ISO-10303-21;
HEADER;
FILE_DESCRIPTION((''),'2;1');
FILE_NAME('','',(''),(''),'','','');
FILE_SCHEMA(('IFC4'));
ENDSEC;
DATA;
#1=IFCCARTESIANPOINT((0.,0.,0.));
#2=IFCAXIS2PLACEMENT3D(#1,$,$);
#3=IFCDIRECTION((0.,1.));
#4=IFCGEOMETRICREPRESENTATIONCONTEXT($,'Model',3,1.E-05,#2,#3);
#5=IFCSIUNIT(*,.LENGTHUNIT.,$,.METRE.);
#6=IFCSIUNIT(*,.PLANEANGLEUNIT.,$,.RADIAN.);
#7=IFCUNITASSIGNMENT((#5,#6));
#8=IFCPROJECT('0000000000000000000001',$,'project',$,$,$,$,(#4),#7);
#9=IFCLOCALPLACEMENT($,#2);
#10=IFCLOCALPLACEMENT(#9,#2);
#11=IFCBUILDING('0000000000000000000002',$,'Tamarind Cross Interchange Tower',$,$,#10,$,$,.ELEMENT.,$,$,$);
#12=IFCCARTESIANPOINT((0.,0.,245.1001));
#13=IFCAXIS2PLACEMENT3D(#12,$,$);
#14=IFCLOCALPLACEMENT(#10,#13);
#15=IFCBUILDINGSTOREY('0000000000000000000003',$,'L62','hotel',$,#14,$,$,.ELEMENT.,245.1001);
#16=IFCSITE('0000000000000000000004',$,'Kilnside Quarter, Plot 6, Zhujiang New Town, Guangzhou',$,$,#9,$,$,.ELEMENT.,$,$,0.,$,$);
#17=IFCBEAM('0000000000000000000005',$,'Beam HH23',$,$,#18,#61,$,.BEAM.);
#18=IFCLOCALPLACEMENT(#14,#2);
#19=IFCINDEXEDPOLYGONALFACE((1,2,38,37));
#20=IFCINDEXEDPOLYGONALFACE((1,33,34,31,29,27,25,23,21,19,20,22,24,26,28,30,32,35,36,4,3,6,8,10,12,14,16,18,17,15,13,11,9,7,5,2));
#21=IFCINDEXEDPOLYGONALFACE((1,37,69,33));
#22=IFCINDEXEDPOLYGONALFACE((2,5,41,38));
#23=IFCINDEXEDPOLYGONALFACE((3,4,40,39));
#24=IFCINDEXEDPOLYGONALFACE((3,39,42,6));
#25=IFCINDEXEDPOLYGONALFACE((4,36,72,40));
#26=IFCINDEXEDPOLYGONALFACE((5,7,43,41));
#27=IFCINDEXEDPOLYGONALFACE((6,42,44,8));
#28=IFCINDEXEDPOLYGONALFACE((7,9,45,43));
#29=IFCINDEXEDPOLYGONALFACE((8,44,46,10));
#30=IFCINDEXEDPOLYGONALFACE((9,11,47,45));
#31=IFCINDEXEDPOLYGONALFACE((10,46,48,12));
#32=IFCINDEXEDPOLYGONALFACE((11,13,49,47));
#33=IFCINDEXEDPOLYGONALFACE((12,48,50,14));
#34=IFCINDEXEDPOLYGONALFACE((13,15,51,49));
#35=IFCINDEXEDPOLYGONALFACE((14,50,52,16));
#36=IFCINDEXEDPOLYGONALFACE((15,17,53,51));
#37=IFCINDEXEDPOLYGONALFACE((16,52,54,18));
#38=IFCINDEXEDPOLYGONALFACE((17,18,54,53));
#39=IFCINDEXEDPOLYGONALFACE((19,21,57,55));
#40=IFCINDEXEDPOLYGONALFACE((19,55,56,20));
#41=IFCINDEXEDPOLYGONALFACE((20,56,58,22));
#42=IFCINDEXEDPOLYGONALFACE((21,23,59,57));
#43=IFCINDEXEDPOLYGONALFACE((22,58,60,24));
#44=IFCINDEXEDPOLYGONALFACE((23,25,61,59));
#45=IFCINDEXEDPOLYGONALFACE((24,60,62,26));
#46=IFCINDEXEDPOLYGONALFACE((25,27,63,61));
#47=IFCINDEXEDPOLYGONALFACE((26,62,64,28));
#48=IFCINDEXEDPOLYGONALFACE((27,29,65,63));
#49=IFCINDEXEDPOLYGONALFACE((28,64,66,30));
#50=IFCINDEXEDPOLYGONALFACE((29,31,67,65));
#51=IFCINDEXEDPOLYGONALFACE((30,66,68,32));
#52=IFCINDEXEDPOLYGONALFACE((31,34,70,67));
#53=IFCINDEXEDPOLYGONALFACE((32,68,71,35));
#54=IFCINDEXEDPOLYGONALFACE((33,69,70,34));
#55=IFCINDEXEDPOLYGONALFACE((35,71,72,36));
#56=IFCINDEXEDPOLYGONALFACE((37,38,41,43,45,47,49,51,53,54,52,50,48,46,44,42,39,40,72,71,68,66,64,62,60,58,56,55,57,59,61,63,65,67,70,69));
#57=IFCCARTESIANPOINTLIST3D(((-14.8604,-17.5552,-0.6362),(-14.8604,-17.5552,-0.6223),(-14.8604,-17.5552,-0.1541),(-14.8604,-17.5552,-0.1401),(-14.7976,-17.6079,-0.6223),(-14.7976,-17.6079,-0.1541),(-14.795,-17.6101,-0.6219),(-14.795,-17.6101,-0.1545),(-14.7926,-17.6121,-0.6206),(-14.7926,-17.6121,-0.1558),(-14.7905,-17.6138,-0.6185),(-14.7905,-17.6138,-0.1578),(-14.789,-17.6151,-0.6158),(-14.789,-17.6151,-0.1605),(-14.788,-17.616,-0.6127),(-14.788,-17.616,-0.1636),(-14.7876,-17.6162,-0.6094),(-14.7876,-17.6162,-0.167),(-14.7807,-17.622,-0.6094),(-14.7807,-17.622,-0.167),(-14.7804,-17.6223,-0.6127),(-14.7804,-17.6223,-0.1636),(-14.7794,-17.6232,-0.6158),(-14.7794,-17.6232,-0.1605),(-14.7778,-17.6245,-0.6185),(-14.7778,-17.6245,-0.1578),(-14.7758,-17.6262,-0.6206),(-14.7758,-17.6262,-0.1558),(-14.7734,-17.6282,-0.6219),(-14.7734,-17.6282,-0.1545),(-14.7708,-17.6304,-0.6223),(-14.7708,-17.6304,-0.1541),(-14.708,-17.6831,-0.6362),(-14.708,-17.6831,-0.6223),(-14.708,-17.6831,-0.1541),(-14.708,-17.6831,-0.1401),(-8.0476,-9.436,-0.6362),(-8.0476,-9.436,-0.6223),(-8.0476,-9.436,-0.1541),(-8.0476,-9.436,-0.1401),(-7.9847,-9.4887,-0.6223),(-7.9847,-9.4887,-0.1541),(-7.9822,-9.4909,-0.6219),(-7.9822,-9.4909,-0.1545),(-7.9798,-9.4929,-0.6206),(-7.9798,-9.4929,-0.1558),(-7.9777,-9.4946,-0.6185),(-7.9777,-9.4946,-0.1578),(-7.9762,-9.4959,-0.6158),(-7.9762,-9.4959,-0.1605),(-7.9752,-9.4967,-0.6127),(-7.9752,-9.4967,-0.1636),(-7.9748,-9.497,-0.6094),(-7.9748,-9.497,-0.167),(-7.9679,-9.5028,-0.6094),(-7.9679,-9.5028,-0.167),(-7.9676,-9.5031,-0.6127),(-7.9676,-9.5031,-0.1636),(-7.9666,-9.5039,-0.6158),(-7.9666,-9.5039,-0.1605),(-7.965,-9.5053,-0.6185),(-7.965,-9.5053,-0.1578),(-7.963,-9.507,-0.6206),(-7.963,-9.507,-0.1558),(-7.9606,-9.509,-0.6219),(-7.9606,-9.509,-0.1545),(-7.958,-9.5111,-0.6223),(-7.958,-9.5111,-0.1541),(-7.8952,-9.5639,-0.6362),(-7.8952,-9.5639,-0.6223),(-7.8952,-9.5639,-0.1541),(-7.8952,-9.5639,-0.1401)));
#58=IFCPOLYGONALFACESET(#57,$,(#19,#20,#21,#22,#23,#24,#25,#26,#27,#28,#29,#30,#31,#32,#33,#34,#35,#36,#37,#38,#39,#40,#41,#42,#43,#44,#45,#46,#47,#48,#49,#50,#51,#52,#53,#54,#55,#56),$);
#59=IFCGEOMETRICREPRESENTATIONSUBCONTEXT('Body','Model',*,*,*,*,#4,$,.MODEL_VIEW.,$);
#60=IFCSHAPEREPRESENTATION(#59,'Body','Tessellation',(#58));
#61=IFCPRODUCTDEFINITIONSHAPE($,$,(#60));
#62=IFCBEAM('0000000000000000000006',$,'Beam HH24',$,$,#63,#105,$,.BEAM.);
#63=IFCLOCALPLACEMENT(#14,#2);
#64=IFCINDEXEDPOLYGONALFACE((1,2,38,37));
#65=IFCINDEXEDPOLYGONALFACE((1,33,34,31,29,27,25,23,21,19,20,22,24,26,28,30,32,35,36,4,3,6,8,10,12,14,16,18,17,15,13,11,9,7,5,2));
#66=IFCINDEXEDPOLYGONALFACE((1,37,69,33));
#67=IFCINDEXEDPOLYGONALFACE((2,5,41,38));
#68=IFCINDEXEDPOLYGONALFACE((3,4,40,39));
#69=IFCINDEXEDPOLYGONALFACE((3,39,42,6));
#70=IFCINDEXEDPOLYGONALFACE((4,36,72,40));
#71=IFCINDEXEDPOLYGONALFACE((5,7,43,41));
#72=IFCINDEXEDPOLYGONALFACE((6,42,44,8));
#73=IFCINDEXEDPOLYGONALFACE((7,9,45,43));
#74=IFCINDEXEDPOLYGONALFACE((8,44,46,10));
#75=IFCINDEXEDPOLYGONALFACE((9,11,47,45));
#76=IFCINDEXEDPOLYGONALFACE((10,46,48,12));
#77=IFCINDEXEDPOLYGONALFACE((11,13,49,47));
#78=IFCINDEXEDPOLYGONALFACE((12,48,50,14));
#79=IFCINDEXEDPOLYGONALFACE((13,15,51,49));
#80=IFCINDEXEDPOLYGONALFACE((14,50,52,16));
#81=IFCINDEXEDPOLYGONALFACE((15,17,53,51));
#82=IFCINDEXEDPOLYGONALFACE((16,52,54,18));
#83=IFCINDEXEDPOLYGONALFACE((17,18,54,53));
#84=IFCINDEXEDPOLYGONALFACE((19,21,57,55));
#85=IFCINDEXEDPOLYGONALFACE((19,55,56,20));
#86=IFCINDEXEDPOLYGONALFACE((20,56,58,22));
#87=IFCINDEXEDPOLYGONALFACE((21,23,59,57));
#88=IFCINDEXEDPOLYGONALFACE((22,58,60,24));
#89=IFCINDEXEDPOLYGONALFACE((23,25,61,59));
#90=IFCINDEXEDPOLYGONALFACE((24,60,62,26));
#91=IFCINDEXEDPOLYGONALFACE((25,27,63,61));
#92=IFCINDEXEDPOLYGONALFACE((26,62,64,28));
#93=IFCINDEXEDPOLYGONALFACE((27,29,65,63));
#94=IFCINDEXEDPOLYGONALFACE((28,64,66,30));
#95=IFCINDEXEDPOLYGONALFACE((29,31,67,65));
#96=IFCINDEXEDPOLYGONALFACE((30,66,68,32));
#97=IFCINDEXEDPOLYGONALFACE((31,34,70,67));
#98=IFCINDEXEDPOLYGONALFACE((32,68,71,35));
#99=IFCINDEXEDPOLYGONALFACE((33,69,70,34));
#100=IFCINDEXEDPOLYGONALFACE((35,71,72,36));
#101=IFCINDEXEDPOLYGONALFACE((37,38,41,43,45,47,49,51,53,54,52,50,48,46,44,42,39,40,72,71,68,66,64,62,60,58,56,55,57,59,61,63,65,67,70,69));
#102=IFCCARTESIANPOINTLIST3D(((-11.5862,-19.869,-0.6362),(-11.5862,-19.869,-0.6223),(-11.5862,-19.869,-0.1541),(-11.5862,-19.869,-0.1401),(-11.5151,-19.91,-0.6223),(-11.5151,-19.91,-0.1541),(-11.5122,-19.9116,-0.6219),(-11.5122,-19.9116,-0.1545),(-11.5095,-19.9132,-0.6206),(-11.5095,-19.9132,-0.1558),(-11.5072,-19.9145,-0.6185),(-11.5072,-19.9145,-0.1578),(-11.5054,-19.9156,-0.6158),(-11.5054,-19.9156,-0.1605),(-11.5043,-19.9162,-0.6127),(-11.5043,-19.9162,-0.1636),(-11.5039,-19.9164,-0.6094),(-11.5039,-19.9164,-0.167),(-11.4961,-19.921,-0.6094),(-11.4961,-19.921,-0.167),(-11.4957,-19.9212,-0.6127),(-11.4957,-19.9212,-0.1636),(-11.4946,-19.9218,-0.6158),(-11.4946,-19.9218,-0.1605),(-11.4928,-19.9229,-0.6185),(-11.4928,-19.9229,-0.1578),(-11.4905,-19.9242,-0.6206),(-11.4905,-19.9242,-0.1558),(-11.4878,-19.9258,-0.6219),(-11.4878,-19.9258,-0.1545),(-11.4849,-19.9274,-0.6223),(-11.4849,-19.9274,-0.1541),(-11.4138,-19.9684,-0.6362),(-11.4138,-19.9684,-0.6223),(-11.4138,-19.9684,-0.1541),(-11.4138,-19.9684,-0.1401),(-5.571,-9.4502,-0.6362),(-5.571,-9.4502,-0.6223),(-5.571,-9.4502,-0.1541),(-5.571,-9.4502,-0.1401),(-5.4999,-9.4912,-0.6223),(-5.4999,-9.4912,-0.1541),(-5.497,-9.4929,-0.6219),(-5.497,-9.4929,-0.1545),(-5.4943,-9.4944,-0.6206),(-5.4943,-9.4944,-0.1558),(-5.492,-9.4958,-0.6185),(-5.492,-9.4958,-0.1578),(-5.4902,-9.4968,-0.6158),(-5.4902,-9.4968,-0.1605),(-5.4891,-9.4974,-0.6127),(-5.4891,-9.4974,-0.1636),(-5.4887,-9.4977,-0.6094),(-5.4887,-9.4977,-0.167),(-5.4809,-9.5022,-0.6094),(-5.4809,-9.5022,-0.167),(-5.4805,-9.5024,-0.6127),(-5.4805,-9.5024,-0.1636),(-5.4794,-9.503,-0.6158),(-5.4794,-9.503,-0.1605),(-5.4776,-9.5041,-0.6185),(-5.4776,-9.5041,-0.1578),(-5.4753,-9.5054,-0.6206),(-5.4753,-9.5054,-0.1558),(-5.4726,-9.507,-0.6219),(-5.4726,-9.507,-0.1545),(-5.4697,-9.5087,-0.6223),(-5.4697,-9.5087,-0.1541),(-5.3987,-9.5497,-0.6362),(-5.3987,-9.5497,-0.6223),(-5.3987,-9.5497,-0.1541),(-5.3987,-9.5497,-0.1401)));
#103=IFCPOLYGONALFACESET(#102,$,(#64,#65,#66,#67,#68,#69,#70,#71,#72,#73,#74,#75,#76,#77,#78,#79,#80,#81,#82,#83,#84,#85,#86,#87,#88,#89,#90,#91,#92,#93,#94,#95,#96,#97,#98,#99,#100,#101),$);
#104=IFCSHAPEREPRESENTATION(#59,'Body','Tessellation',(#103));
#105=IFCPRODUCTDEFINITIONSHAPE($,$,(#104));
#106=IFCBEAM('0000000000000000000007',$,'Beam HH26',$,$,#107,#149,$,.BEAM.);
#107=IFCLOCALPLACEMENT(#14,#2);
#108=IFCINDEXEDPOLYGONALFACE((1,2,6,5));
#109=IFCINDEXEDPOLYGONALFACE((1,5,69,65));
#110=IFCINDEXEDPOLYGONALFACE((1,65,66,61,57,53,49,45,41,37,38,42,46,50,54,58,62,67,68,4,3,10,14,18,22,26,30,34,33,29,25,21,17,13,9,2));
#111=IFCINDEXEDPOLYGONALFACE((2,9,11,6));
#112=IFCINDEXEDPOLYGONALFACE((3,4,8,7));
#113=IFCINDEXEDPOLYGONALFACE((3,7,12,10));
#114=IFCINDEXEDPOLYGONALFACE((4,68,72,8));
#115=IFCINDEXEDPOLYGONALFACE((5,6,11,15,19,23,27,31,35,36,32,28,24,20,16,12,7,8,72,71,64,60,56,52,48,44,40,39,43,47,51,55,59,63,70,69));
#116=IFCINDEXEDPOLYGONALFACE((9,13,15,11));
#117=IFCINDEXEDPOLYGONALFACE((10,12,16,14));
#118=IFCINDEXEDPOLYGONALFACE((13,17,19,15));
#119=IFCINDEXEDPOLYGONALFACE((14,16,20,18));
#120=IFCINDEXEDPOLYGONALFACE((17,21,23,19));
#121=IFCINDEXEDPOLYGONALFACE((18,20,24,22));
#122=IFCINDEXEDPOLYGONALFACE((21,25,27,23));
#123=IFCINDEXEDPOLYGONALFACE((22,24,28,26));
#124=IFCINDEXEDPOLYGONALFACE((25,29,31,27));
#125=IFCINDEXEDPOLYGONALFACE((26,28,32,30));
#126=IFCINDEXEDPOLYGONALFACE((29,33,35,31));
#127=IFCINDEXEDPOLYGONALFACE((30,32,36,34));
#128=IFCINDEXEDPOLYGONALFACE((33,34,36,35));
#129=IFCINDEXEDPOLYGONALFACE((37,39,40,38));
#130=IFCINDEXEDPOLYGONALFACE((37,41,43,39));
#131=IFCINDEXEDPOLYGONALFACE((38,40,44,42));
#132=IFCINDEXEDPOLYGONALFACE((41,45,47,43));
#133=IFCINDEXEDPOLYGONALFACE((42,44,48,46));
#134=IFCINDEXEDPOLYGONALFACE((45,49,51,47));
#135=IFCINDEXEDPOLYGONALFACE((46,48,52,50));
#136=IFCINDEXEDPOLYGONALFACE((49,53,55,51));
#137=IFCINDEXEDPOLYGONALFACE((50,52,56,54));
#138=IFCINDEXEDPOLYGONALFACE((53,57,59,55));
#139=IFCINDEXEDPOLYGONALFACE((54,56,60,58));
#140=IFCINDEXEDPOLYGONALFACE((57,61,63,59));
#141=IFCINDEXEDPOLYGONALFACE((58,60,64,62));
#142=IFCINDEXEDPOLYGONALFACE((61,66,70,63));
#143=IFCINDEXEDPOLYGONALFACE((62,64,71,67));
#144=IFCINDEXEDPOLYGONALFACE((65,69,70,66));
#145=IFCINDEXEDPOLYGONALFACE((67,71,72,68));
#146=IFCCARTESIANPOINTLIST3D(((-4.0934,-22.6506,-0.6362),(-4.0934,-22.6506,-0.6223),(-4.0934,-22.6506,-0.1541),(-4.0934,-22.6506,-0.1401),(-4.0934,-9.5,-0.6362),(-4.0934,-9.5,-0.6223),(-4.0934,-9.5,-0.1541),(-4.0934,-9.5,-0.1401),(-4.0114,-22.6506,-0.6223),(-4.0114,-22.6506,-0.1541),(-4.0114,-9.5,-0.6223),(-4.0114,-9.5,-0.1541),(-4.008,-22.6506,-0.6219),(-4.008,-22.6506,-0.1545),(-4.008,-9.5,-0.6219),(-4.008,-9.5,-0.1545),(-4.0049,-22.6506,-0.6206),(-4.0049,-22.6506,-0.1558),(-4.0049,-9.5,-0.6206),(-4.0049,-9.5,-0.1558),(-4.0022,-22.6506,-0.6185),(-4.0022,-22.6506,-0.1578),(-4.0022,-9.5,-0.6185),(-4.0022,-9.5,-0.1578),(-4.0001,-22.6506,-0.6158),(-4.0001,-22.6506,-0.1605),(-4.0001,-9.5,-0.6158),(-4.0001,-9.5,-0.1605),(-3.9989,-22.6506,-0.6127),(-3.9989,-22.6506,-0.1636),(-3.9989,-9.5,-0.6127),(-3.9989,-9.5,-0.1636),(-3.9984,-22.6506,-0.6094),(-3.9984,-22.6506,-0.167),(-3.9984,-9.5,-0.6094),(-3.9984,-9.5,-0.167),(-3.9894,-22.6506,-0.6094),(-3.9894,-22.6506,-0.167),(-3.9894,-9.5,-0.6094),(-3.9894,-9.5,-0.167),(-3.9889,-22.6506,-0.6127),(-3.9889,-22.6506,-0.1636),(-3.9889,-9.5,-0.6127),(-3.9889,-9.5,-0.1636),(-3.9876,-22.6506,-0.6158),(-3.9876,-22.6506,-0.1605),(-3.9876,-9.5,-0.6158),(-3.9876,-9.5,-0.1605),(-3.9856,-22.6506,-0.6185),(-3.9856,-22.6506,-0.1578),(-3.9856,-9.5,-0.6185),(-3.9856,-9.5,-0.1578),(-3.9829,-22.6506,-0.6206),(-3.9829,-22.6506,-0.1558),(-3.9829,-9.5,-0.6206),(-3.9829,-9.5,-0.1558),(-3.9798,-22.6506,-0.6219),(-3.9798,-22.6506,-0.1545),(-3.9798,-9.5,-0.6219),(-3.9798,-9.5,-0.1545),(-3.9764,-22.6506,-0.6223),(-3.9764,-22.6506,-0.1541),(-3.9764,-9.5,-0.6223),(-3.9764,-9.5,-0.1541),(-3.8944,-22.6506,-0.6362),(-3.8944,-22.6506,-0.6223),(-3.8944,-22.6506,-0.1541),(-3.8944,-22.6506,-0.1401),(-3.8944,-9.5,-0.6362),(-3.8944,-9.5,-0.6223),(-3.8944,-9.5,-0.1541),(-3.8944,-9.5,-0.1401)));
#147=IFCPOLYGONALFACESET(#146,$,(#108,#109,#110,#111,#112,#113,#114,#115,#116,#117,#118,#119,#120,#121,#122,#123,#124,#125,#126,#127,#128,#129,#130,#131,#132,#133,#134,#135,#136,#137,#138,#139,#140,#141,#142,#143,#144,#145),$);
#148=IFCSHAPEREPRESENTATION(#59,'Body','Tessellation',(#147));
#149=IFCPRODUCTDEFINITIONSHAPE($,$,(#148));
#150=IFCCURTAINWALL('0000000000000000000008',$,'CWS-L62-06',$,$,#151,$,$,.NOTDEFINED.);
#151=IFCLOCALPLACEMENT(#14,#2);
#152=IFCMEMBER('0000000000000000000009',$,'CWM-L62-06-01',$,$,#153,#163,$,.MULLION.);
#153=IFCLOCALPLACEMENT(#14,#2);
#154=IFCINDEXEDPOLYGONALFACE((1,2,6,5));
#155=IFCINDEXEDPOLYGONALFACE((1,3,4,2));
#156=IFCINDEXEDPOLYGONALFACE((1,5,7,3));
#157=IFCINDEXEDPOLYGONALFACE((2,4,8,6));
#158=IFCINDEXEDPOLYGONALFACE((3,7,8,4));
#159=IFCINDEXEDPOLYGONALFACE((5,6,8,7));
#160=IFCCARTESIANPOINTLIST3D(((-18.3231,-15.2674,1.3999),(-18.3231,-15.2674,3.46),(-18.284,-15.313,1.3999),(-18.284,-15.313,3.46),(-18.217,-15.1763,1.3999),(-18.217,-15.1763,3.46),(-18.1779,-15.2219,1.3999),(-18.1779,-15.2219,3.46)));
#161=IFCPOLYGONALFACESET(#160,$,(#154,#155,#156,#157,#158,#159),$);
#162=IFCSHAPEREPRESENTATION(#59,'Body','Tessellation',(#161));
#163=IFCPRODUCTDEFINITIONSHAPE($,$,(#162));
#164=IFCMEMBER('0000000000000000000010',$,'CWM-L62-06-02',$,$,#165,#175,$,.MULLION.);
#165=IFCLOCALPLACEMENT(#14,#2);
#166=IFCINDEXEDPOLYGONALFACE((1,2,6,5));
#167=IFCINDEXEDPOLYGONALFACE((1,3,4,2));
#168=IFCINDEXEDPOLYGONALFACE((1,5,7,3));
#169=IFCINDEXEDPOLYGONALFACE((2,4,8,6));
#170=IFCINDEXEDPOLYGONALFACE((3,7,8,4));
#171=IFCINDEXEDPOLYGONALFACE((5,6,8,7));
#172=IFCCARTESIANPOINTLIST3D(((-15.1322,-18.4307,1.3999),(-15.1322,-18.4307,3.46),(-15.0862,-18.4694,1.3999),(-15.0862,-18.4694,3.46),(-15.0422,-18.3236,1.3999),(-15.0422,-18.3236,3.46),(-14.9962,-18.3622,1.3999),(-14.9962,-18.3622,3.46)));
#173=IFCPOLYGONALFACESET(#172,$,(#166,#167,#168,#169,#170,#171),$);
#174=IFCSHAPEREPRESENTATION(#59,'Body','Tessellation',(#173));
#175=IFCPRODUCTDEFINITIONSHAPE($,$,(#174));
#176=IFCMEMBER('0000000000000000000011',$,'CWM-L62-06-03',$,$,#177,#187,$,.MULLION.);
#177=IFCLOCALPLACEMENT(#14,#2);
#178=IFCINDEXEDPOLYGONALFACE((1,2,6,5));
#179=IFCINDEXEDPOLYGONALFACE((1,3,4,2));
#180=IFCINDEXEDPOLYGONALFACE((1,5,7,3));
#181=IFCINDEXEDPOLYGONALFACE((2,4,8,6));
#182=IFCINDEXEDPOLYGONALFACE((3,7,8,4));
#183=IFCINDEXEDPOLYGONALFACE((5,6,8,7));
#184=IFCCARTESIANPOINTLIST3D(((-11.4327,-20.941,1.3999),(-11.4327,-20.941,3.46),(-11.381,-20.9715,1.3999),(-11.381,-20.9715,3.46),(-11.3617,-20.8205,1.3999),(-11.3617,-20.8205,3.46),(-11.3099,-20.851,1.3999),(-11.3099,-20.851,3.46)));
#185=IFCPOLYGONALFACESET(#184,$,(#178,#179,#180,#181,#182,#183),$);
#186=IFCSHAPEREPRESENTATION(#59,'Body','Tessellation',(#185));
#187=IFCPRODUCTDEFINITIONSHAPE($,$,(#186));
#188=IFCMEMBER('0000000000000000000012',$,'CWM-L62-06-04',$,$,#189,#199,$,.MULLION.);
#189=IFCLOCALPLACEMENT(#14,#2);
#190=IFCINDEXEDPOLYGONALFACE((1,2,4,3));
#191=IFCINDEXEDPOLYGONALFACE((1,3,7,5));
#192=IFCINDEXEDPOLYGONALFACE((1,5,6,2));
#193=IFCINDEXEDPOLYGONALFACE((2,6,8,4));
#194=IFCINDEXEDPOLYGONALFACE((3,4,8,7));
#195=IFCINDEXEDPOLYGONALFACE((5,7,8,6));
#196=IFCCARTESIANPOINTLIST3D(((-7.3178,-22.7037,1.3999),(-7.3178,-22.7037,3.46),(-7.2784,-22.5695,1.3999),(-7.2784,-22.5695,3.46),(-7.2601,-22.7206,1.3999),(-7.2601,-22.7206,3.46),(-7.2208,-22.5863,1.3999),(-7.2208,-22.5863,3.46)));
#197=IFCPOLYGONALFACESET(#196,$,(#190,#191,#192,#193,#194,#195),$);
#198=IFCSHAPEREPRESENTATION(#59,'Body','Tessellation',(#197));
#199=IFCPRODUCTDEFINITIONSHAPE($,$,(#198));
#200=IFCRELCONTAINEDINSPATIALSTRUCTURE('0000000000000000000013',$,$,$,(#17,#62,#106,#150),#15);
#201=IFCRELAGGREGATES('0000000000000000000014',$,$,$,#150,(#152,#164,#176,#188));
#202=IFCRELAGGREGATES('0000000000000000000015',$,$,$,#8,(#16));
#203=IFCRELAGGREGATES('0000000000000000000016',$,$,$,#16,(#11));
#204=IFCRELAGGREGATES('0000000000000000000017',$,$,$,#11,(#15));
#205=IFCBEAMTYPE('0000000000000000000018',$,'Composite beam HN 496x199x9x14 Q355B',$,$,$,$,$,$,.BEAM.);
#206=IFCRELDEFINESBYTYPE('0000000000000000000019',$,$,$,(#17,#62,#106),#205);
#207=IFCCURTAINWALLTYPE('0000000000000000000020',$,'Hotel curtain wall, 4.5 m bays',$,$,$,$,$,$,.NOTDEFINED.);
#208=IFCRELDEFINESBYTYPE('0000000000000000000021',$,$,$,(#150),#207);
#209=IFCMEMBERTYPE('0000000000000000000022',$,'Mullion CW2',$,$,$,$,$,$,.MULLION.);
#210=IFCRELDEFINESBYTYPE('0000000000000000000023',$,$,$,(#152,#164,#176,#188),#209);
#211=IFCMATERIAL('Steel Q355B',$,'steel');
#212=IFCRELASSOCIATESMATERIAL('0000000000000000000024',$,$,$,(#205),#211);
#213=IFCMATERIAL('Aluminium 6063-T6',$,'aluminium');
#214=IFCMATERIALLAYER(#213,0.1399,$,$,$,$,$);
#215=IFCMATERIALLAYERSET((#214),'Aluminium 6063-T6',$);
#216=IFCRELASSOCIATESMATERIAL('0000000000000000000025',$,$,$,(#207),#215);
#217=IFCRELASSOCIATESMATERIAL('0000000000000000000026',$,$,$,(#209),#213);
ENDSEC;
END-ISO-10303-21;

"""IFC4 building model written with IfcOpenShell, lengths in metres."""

from ifc_helpers import new_model, si_unit, direction, frame, origin, origin_2d, place, context, subcontext, project, spatial, rectangle, i_section, extrude, material, layer, layer_set, material_profile, profile_set, type_object, element, aggregate, save


model = new_model("IFC4")

# Units and contexts
model_context = context("Model", 3, precision=1e-05, world=origin(), true_north=direction((0.0, 1.0)))
body_context = subcontext(model_context, "Body", "Model", "MODEL_VIEW")
ifc_project = project(units=[si_unit("LENGTHUNIT", "METRE"), si_unit("PLANEANGLEUNIT", "RADIAN")], contexts=[model_context])

# Site, building, storey
site_placement = place(None, origin())
site = spatial("IfcSite", under=ifc_project, at=site_placement, Name="Kilnside Quarter, Plot 6, Zhujiang New Town, Guangzhou", CompositionType="ELEMENT", RefElevation=0.0)
building_placement = place(site_placement, origin())
building = spatial("IfcBuilding", under=site, at=building_placement, Name="Tamarind Cross Interchange Tower", CompositionType="ELEMENT")
storey_placement = place(building_placement, frame((0.0, 0.0, 245.1001)))
storey = spatial("IfcBuildingStorey", under=building, at=storey_placement, Name="L62", Description="hotel", CompositionType="ELEMENT", Elevation=245.1001)

# Beams
ifc_material_1 = material(Name="Steel Q355B", Category="steel")
ifc_material_profile_1 = material_profile(ifc_material_1, i_section(OverallWidth=0.199, OverallDepth=0.4961, WebThickness=0.009, FlangeThickness=0.0139, FilletRadius=0.0129, at=origin_2d()), Name="HN 496x199x9x14")
ifc_profile_set_1 = profile_set([ifc_material_profile_1], Name="Steel Q355B")
beam_type = type_object("IfcBeamType", Name="Composite beam HN 496x199x9x14 Q355B", PredefinedType="BEAM", material=ifc_profile_set_1)
beam_1_placement = place(storey_placement, frame((-14.7842, -17.6191, -0.3882), z_axis=(0.642786, 0.766046, 0.0), x_axis=(-0.766046, 0.642786, 0.0)))
element("IfcBeam", 1, at=beam_1_placement, inside=storey, type_object=beam_type, Name="Beam HH23", PredefinedType="BEAM", context=body_context, shape_type="SweptSolid", body=[
    extrude(i_section(OverallWidth=0.199, OverallDepth=0.4961, WebThickness=0.009, FlangeThickness=0.0139, FilletRadius=0.0129, at=origin_2d()), origin(), (0.0, 0.0, 1.0), 10.5989),
])
beam_2_placement = place(storey_placement, frame((-11.5, -19.9187, -0.3882), z_axis=(0.499994, 0.866029, 0.0), x_axis=(-0.866029, 0.499994, 0.0)))
element("IfcBeam", 2, at=beam_2_placement, inside=storey, type_object=beam_type, Name="Beam HH24", PredefinedType="BEAM", context=body_context, shape_type="SweptSolid", body=[
    extrude(i_section(OverallWidth=0.199, OverallDepth=0.4961, WebThickness=0.009, FlangeThickness=0.0139, FilletRadius=0.0129, at=origin_2d()), origin(), (0.0, 0.0, 1.0), 12.0305),
])
beam_3_placement = place(storey_placement, frame((-3.9939, -22.6506, -0.3882), z_axis=(0.0, 1.0, 0.0), x_axis=(-1.0, 0.0, 0.0)))
element("IfcBeam", 3, at=beam_3_placement, inside=storey, type_object=beam_type, Name="Beam HH26", PredefinedType="BEAM", context=body_context, shape_type="SweptSolid", body=[
    extrude(i_section(OverallWidth=0.199, OverallDepth=0.4961, WebThickness=0.009, FlangeThickness=0.0139, FilletRadius=0.0129, at=origin_2d()), origin(), (0.0, 0.0, 1.0), 13.1506),
])

# Curtain wall, members
ifc_material_2 = material(Name="Aluminium 6063-T6", Category="aluminium")
ifc_layer_1 = layer(ifc_material_2, 0.1399)
ifc_layer_set_1 = layer_set([ifc_layer_1], Name="Aluminium 6063-T6")
curtain_wall_type = type_object("IfcCurtainWallType", Name="Hotel curtain wall, 4.5 m bays", PredefinedType="NOTDEFINED", material=ifc_layer_set_1)
curtain_wall_placement = place(storey_placement, origin())
curtain_wall = element("IfcCurtainWall", 4, at=curtain_wall_placement, inside=storey, type_object=curtain_wall_type, Name="CWS-L62-06", PredefinedType="NOTDEFINED")
ifc_material_profile_2 = material_profile(ifc_material_2, rectangle(XDim=0.0601, YDim=0.1399, at=origin_2d()), Name="Mullion CW2")
ifc_profile_set_2 = profile_set([ifc_material_profile_2], Name="Aluminium 6063-T6")
member_type = type_object("IfcMemberType", Name="Mullion CW2", PredefinedType="MULLION", material=ifc_profile_set_2)
member_1_placement = place(storey_placement, frame((-18.2505, -15.2446, 1.3999), z_axis=(0.0, 0.0, 1.0), x_axis=(0.651273, -0.758844, 0.0)))
member_1 = element("IfcMember", 5, at=member_1_placement, type_object=member_type, Name="CWM-L62-06-01", PredefinedType="MULLION", context=body_context, shape_type="SweptSolid", body=[
    extrude(rectangle(XDim=0.0601, YDim=0.1399, at=origin_2d()), origin(), (0.0, 0.0, 1.0), 2.0601),
])
member_2_placement = place(storey_placement, frame((-15.0642, -18.3965, 1.3999), z_axis=(0.0, 0.0, 1.0), x_axis=(0.765858, -0.643009, 0.0)))
member_2 = element("IfcMember", 6, at=member_2_placement, type_object=member_type, Name="CWM-L62-06-02", PredefinedType="MULLION", context=body_context, shape_type="SweptSolid", body=[
    extrude(rectangle(XDim=0.0601, YDim=0.1399, at=origin_2d()), origin(), (0.0, 0.0, 1.0), 2.0601),
])
member_3_placement = place(storey_placement, frame((-11.3713, -20.896, 1.3999), z_axis=(0.0, 0.0, 1.0), x_axis=(0.861249, -0.508183, 0.0)))
member_3 = element("IfcMember", 7, at=member_3_placement, type_object=member_type, Name="CWM-L62-06-03", PredefinedType="MULLION", context=body_context, shape_type="SweptSolid", body=[
    extrude(rectangle(XDim=0.0601, YDim=0.1399, at=origin_2d()), origin(), (0.0, 0.0, 1.0), 2.0601),
])
member_4_placement = place(storey_placement, frame((-7.2693, -22.645, 1.3999), z_axis=(0.0, 0.0, 1.0), x_axis=(0.959647, -0.281209, 0.0)))
member_4 = element("IfcMember", 8, at=member_4_placement, type_object=member_type, Name="CWM-L62-06-04", PredefinedType="MULLION", context=body_context, shape_type="SweptSolid", body=[
    extrude(rectangle(XDim=0.0601, YDim=0.1399, at=origin_2d()), origin(), (0.0, 0.0, 1.0), 2.0601),
])
aggregate(curtain_wall, [member_1, member_2, member_3, member_4])

save(model, "model.ifc")
